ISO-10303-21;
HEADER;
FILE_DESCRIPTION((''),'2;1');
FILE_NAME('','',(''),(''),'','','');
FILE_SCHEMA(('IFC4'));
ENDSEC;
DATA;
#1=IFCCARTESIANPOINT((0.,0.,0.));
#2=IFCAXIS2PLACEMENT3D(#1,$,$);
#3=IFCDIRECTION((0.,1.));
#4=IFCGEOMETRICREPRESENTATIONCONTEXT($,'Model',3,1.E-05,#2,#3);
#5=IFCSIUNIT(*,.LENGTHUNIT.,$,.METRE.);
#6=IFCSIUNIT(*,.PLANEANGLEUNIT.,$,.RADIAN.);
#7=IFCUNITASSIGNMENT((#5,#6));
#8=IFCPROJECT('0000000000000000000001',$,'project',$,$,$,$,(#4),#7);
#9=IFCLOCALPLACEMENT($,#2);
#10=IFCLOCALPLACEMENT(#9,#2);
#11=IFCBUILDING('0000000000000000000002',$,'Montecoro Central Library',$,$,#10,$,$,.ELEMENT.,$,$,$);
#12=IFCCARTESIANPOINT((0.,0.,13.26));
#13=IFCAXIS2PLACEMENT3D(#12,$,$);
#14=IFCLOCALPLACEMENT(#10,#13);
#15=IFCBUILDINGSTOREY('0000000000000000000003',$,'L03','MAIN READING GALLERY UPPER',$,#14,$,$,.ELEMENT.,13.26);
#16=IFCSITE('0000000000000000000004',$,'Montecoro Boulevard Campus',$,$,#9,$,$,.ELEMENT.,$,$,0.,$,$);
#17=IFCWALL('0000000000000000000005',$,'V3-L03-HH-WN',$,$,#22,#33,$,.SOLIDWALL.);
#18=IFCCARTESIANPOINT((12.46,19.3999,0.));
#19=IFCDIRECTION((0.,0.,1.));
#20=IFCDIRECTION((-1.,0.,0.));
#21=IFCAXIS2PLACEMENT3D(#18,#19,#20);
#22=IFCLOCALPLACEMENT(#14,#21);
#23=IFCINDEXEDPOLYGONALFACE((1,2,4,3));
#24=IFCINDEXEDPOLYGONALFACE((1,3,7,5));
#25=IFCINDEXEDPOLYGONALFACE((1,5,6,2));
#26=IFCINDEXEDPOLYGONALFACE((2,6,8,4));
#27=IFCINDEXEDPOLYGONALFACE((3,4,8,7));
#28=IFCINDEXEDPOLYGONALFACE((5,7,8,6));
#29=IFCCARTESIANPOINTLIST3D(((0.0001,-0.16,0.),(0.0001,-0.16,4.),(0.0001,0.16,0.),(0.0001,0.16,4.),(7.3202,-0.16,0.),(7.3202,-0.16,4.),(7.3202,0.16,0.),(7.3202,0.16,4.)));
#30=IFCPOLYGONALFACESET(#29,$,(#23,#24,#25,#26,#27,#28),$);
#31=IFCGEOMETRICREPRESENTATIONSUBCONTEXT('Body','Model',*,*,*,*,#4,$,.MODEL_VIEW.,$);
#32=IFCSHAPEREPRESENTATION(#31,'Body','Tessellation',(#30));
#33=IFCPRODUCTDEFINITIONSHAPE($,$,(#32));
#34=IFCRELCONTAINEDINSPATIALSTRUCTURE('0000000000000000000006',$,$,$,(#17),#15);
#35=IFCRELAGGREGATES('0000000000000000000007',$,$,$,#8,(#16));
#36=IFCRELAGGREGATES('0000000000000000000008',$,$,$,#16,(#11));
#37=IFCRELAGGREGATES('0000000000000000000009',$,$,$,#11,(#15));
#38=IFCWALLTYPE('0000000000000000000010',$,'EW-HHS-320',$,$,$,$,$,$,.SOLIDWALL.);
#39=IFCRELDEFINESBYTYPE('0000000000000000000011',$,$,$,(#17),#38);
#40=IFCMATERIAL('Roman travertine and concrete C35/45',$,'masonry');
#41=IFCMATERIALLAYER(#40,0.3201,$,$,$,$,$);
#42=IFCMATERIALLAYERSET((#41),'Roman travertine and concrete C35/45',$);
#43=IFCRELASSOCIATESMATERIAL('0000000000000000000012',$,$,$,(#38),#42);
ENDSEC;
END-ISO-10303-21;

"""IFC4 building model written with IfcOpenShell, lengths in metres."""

from ifc_helpers import new_model, si_unit, direction, frame, frame_2d, origin, place, context, subcontext, project, spatial, rectangle, extrude, material, layer, layer_set, type_object, element, save


model = new_model("IFC4")

# Units and contexts
model_context = context("Model", 3, precision=1e-05, world=origin(), true_north=direction((0.0, 1.0)))
body_context = subcontext(model_context, "Body", "Model", "MODEL_VIEW")
ifc_project = project(units=[si_unit("LENGTHUNIT", "METRE"), si_unit("PLANEANGLEUNIT", "RADIAN")], contexts=[model_context])

# Site, building, storey
site_placement = place(None, origin())
site = spatial("IfcSite", under=ifc_project, at=site_placement, Name="Montecoro Boulevard Campus", CompositionType="ELEMENT", RefElevation=0.0)
building_placement = place(site_placement, origin())
building = spatial("IfcBuilding", under=site, at=building_placement, Name="Montecoro Central Library", CompositionType="ELEMENT")
storey_placement = place(building_placement, frame((0.0, 0.0, 13.26)))
storey = spatial("IfcBuildingStorey", under=building, at=storey_placement, Name="L03", Description="MAIN READING GALLERY UPPER", CompositionType="ELEMENT", Elevation=13.26)

# Wall
ifc_material_1 = material(Name="Roman travertine and concrete C35/45", Category="masonry")
ifc_layer_1 = layer(ifc_material_1, 0.3201)
ifc_layer_set_1 = layer_set([ifc_layer_1], Name="Roman travertine and concrete C35/45")
wall_type_1 = type_object("IfcWallType", Name="EW-HHS-320", PredefinedType="SOLIDWALL", material=ifc_layer_set_1)
wall_1_placement = place(storey_placement, frame((12.46, 19.3999, 0.0), z_axis=(0.0, 0.0, 1.0), x_axis=(-1.0, 0.0, 0.0)))
element("IfcWall", 1, at=wall_1_placement, inside=storey, type_object=wall_type_1, Name="V3-L03-HH-WN", PredefinedType="SOLIDWALL", context=body_context, shape_type="SweptSolid", body=[
    extrude(rectangle(XDim=7.3201, YDim=0.3201, at=frame_2d((3.6602, 0.0))), origin(), (0.0, 0.0, 1.0), 4.0),
])

save(model, "model.ifc")
